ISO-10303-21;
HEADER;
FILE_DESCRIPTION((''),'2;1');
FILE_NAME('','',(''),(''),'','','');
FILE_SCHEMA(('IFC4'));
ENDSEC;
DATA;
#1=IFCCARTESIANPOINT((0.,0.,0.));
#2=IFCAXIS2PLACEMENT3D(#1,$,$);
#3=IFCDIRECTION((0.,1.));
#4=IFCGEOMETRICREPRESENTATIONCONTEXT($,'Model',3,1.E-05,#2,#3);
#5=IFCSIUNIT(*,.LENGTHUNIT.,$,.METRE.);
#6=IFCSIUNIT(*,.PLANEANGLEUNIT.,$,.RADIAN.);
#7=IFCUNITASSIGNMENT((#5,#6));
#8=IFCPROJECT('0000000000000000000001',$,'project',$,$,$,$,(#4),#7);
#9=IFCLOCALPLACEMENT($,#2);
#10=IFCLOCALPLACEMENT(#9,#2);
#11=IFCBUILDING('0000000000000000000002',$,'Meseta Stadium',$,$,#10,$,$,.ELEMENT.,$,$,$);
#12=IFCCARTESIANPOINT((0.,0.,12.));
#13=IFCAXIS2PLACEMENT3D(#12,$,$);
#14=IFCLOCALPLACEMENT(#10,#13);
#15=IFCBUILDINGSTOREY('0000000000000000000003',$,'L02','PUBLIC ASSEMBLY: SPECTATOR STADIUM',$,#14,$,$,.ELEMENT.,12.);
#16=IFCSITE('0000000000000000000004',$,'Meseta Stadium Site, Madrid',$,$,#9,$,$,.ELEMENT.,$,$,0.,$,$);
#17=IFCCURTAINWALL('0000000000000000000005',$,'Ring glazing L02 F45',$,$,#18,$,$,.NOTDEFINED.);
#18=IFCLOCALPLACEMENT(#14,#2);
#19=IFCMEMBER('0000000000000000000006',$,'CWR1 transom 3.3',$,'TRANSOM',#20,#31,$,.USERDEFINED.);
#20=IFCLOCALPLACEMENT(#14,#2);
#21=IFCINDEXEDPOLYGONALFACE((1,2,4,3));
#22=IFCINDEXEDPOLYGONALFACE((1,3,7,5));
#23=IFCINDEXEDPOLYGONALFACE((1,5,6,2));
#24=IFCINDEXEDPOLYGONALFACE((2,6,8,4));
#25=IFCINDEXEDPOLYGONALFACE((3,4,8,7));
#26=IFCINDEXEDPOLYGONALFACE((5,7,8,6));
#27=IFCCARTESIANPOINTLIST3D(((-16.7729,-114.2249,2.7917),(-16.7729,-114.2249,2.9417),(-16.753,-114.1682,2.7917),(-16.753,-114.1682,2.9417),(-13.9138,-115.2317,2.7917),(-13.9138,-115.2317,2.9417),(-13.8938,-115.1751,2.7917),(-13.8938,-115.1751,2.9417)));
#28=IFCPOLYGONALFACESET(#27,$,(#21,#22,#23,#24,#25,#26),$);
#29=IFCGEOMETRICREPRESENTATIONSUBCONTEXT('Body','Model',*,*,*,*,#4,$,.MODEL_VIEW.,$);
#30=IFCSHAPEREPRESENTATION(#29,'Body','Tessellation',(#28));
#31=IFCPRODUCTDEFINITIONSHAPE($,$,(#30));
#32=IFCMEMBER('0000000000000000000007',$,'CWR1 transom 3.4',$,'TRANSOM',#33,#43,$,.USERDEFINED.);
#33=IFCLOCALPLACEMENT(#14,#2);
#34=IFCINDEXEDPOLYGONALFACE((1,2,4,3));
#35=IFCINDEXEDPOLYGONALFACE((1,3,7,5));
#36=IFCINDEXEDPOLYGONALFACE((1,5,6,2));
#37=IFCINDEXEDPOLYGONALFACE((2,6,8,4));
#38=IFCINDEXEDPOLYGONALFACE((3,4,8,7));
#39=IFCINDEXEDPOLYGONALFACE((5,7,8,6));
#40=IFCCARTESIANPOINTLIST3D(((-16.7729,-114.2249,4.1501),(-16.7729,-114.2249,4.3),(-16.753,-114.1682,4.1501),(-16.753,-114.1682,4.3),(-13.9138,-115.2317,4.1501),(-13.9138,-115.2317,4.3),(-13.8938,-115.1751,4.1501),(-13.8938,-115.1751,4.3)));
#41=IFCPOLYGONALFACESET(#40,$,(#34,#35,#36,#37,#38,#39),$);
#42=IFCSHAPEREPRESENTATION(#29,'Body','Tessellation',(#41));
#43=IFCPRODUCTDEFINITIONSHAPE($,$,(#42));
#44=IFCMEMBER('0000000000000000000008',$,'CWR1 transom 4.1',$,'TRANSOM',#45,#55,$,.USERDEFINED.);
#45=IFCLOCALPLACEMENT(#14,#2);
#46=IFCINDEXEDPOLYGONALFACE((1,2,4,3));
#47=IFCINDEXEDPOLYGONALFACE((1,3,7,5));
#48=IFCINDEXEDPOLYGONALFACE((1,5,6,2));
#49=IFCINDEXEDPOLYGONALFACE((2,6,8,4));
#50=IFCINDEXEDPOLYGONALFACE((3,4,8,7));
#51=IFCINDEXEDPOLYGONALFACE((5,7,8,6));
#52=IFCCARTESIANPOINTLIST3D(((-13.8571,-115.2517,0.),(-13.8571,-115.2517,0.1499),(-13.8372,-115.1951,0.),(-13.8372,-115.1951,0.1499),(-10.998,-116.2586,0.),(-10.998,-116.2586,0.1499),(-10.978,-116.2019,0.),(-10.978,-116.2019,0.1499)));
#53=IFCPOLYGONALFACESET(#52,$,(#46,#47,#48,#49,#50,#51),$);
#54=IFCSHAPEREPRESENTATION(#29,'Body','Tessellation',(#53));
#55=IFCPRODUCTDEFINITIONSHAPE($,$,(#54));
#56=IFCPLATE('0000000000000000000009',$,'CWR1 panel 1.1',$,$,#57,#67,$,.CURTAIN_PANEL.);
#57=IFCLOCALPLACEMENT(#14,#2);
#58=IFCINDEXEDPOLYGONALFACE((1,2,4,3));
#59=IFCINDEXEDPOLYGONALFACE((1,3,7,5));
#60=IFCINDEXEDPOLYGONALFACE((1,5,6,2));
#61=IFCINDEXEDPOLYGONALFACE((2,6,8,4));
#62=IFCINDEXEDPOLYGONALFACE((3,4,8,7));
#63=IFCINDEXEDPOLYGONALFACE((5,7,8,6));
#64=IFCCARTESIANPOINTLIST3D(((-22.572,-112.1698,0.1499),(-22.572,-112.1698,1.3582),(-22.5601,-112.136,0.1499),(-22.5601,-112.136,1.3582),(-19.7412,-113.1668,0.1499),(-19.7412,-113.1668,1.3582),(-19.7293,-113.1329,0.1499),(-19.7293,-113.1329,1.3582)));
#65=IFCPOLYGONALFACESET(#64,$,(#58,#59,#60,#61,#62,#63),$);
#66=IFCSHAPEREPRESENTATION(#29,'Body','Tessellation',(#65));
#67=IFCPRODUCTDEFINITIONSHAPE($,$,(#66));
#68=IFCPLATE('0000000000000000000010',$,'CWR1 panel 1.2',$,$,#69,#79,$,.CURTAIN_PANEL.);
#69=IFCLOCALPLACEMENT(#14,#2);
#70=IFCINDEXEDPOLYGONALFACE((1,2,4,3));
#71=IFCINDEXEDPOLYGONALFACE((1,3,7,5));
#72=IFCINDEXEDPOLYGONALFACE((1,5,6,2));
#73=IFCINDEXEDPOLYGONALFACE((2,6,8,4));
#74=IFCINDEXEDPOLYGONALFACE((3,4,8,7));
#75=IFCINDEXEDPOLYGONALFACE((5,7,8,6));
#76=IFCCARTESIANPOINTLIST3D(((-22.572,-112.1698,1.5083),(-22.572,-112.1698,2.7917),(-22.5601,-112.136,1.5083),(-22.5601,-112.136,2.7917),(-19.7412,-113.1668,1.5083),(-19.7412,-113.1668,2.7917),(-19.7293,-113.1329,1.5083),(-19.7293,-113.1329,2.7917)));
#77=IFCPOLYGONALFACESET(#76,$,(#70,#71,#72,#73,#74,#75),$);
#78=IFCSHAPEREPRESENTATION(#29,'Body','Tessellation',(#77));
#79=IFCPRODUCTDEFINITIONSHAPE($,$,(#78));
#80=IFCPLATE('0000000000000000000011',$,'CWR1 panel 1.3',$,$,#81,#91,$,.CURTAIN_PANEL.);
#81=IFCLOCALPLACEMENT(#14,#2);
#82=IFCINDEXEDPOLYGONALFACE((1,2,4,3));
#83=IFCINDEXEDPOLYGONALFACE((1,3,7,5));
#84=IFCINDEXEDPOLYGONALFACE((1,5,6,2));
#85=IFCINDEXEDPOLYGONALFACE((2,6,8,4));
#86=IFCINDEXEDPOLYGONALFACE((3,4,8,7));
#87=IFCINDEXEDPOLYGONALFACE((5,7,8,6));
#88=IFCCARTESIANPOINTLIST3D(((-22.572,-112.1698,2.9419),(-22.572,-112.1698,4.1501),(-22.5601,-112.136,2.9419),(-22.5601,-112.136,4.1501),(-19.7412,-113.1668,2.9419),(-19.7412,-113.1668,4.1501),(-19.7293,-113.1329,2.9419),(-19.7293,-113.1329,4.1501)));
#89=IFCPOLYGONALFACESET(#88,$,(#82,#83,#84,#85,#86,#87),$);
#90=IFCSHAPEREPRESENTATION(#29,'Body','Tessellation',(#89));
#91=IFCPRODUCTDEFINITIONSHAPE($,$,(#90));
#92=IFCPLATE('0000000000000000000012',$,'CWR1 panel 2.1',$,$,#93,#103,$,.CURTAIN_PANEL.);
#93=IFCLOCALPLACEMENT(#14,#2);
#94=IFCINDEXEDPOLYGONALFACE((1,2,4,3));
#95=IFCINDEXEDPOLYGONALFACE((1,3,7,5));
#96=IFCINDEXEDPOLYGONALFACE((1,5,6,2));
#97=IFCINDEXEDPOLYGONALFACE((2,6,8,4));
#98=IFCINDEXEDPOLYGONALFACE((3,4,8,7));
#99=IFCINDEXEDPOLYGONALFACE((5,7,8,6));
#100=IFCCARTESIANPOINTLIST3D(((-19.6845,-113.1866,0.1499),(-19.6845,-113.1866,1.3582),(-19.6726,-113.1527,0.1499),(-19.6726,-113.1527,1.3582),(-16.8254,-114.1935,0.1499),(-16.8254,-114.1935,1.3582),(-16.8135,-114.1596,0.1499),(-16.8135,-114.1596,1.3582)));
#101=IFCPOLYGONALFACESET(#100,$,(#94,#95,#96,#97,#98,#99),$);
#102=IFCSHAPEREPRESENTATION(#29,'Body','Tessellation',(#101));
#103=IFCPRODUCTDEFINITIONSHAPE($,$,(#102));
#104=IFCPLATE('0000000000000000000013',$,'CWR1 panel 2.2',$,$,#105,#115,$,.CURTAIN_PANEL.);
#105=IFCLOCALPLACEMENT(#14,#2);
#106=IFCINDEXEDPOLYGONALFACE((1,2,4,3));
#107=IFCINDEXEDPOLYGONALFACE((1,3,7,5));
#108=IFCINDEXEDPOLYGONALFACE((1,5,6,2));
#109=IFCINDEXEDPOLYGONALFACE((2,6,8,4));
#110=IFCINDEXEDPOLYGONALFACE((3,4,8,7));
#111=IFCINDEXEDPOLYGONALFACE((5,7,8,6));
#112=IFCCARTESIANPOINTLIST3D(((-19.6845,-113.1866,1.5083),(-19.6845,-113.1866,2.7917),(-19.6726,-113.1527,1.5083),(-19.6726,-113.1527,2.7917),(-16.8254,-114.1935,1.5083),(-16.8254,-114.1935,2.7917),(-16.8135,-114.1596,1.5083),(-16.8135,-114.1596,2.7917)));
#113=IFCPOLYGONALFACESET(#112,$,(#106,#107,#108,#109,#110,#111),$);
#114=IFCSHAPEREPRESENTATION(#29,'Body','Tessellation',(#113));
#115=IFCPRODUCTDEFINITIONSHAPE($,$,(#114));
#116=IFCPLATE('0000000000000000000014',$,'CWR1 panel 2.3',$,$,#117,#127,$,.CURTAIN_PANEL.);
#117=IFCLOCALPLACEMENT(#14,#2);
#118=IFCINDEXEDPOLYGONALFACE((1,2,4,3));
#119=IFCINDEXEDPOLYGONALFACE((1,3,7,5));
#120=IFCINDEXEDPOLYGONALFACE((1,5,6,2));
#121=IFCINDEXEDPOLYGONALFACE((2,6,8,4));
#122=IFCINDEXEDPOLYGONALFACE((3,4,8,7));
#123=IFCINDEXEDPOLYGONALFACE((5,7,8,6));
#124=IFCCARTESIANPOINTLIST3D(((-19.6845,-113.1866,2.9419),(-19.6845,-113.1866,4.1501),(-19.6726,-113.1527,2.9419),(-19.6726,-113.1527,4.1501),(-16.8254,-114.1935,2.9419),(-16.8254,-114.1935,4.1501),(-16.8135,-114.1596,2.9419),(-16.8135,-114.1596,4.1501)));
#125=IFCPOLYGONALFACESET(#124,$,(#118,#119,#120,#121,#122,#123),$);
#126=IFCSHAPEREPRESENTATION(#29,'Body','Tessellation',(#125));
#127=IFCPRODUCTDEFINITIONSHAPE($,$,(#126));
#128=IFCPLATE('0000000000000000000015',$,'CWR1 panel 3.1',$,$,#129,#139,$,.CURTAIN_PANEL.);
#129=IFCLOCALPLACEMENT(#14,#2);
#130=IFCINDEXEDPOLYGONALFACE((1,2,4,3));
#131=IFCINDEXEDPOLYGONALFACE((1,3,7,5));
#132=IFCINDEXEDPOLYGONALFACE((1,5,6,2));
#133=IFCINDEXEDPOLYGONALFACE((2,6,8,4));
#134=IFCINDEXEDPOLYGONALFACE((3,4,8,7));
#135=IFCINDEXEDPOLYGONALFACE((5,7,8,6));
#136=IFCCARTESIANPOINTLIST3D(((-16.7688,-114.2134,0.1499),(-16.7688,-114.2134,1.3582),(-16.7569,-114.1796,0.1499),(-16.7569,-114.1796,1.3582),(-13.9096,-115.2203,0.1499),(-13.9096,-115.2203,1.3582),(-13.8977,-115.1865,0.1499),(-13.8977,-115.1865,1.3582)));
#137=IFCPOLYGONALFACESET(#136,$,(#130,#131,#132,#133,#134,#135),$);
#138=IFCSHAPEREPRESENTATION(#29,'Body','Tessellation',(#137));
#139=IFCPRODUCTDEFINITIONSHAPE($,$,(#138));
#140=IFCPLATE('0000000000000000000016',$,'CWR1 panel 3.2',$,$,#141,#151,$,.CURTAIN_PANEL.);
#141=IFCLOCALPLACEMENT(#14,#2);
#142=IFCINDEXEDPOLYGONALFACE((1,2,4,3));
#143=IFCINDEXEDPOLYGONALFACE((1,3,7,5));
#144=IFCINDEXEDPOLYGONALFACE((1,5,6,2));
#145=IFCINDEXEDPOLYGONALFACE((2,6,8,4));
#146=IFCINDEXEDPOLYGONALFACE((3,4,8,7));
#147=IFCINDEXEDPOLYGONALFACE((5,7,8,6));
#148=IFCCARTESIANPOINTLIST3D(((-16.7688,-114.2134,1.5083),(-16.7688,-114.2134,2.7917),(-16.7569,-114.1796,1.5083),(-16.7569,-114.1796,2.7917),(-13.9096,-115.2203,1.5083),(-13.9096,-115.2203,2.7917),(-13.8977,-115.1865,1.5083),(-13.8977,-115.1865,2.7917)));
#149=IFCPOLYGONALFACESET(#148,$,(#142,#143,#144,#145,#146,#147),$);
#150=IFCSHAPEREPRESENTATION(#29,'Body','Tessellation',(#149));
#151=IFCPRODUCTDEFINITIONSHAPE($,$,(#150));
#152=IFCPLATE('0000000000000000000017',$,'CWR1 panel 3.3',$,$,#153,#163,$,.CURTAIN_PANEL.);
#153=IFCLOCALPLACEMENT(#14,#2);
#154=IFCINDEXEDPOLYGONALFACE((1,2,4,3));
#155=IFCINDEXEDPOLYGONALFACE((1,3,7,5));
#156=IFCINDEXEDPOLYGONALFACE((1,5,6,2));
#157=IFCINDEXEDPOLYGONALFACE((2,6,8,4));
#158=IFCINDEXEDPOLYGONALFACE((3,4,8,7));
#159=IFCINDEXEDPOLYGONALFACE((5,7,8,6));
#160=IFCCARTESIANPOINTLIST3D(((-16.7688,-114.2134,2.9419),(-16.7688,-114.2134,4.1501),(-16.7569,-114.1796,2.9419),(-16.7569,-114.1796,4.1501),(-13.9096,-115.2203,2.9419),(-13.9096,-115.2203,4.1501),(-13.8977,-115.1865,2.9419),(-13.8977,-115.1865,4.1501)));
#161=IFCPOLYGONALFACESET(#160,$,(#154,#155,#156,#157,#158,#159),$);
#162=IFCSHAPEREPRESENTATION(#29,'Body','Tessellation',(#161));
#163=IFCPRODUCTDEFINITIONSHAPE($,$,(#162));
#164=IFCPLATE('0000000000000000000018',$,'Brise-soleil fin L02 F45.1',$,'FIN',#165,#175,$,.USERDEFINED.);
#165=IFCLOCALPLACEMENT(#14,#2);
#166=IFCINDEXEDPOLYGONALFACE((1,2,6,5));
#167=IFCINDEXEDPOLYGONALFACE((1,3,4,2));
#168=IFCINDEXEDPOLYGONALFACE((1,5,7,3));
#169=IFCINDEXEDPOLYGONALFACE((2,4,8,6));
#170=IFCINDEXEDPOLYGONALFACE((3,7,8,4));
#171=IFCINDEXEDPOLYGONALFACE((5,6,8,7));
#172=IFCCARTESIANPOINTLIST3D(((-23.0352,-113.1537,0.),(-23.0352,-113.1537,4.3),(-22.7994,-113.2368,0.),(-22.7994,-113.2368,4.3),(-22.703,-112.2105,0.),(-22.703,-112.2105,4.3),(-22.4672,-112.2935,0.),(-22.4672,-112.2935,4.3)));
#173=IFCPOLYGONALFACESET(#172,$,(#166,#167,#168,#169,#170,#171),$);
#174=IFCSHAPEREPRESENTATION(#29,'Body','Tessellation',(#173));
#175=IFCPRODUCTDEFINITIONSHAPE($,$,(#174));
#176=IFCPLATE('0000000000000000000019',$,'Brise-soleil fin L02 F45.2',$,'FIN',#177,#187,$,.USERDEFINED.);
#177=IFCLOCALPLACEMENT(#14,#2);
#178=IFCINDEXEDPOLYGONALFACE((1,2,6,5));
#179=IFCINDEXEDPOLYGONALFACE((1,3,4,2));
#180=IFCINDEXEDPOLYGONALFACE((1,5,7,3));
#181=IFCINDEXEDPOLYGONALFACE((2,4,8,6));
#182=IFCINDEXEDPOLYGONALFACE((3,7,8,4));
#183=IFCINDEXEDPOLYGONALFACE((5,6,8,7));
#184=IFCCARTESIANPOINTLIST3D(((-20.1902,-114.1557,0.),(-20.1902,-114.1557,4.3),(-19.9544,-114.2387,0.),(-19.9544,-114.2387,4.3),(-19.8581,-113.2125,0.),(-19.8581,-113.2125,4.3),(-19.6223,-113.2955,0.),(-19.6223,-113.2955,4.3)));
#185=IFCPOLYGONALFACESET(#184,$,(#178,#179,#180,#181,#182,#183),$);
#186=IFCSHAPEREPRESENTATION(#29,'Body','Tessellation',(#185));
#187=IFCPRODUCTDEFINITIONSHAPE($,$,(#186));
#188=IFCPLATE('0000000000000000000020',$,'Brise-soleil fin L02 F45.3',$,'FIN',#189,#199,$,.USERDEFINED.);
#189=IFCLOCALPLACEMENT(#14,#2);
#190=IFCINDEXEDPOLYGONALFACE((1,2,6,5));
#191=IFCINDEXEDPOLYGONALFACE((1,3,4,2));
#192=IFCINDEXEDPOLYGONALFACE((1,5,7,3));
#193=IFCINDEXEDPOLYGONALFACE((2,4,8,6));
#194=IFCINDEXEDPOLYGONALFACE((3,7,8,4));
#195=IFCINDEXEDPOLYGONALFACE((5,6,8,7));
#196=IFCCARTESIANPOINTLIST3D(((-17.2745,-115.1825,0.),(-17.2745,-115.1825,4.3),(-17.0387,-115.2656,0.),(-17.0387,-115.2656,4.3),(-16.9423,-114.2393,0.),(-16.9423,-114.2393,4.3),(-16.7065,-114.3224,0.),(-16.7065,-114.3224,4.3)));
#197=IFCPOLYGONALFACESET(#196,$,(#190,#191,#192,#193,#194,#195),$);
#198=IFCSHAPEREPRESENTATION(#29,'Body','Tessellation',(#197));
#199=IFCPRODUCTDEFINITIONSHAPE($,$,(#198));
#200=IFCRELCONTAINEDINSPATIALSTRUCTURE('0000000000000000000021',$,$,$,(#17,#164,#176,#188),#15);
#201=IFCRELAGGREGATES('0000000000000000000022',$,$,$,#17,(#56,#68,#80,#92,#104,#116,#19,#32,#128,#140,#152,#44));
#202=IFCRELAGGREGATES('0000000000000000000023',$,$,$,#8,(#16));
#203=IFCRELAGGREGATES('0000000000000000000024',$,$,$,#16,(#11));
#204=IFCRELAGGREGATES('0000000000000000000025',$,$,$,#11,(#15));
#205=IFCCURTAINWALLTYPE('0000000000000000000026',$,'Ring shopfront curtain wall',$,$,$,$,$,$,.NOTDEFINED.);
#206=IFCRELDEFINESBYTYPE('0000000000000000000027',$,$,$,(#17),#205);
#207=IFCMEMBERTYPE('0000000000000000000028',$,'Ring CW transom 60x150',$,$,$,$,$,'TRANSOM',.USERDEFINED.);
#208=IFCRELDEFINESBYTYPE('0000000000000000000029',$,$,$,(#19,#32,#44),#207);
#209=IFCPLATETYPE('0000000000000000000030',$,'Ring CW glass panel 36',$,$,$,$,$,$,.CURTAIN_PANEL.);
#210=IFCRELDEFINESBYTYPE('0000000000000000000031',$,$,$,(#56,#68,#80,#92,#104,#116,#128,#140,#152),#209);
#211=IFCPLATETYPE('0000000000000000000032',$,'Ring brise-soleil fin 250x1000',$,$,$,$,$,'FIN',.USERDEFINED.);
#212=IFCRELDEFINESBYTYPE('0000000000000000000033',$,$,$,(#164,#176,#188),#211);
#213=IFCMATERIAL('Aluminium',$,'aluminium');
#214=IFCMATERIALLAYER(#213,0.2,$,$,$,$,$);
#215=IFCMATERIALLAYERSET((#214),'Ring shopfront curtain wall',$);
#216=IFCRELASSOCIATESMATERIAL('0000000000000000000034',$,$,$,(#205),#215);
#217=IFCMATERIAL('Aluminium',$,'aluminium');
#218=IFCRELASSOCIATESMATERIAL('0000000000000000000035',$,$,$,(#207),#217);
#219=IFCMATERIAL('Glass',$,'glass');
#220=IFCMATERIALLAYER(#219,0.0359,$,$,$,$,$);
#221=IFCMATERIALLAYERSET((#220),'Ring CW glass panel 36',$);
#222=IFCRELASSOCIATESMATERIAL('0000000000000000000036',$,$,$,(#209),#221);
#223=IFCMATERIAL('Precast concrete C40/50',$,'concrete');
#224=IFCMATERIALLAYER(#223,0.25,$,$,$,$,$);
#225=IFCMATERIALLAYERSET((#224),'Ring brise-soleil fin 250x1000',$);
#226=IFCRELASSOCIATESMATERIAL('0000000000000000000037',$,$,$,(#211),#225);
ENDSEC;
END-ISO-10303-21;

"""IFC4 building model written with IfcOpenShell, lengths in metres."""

from ifc_helpers import new_model, si_unit, direction, frame, origin, origin_2d, place, context, subcontext, project, spatial, rectangle, extrude, material, layer, layer_set, material_profile, profile_set, type_object, element, aggregate, save


model = new_model("IFC4")

# Units and contexts
model_context = context("Model", 3, precision=1e-05, world=origin(), true_north=direction((0.0, 1.0)))
body_context = subcontext(model_context, "Body", "Model", "MODEL_VIEW")
ifc_project = project(units=[si_unit("LENGTHUNIT", "METRE"), si_unit("PLANEANGLEUNIT", "RADIAN")], contexts=[model_context])

# Site, building, storey
site_placement = place(None, origin())
site = spatial("IfcSite", under=ifc_project, at=site_placement, Name="Meseta Stadium Site, Madrid", CompositionType="ELEMENT", RefElevation=0.0)
building_placement = place(site_placement, origin())
building = spatial("IfcBuilding", under=site, at=building_placement, Name="Meseta Stadium", CompositionType="ELEMENT")
storey_placement = place(building_placement, frame((0.0, 0.0, 12.0)))
storey = spatial("IfcBuildingStorey", under=building, at=storey_placement, Name="L02", Description="PUBLIC ASSEMBLY: SPECTATOR STADIUM", CompositionType="ELEMENT", Elevation=12.0)

# Curtain wall, members, plates
ifc_material_1 = material(Name="Aluminium", Category="aluminium")
ifc_layer_1 = layer(ifc_material_1, 0.2)
ifc_layer_set_1 = layer_set([ifc_layer_1], Name="Ring shopfront curtain wall")
curtain_wall_type = type_object("IfcCurtainWallType", Name="Ring shopfront curtain wall", PredefinedType="NOTDEFINED", material=ifc_layer_set_1)
curtain_wall_placement = place(storey_placement, origin())
curtain_wall = element("IfcCurtainWall", 1, at=curtain_wall_placement, inside=storey, type_object=curtain_wall_type, Name="Ring glazing L02 F45", PredefinedType="NOTDEFINED")
ifc_material_2 = material(Name="Aluminium", Category="aluminium")
ifc_material_profile_1 = material_profile(ifc_material_2, rectangle(XDim=0.0601, YDim=0.1499, at=origin_2d()), Name="CW 60x150")
ifc_profile_set_1 = profile_set([ifc_material_profile_1], Name="Aluminium")
member_type_1 = type_object("IfcMemberType", Name="Ring CW transom 60x150", ElementType="TRANSOM", PredefinedType="USERDEFINED", material=ifc_profile_set_1)
member_1_placement = place(storey_placement, frame((-16.7629, -114.1965, 2.8667), z_axis=(0.943225, -0.332154, 0.0), x_axis=(0.332154, 0.943225, 0.0)))
member_1 = element("IfcMember", 2, at=member_1_placement, type_object=member_type_1, Name="CWR1 transom 3.3", ObjectType="TRANSOM", PredefinedType="USERDEFINED", context=body_context, shape_type="SweptSolid", body=[
    extrude(rectangle(XDim=0.0601, YDim=0.1499, at=origin_2d()), origin(), (0.0, 0.0, 1.0), 3.0312),
])
member_2_placement = place(storey_placement, frame((-16.7629, -114.1965, 4.2251), z_axis=(0.943225, -0.332154, 0.0), x_axis=(0.332154, 0.943225, 0.0)))
member_2 = element("IfcMember", 3, at=member_2_placement, type_object=member_type_1, Name="CWR1 transom 3.4", ObjectType="TRANSOM", PredefinedType="USERDEFINED", context=body_context, shape_type="SweptSolid", body=[
    extrude(rectangle(XDim=0.0601, YDim=0.1499, at=origin_2d()), origin(), (0.0, 0.0, 1.0), 3.0312),
])
member_3_placement = place(storey_placement, frame((-13.8472, -115.2234, 0.075), z_axis=(0.943225, -0.332154, 0.0), x_axis=(0.332154, 0.943225, 0.0)))
member_3 = element("IfcMember", 4, at=member_3_placement, type_object=member_type_1, Name="CWR1 transom 4.1", ObjectType="TRANSOM", PredefinedType="USERDEFINED", context=body_context, shape_type="SweptSolid", body=[
    extrude(rectangle(XDim=0.0601, YDim=0.1499, at=origin_2d()), origin(), (0.0, 0.0, 1.0), 3.0312),
])
ifc_material_3 = material(Name="Glass", Category="glass")
ifc_layer_2 = layer(ifc_material_3, 0.0359)
ifc_layer_set_2 = layer_set([ifc_layer_2], Name="Ring CW glass panel 36")
plate_type_1 = type_object("IfcPlateType", Name="Ring CW glass panel 36", PredefinedType="CURTAIN_PANEL", material=ifc_layer_set_2)
plate_1_placement = place(storey_placement, frame((-21.1506, -112.6514, 0.1499), z_axis=(0.0, 0.0, 1.0), x_axis=(0.943218, -0.332174, 0.0)))
plate_1 = element("IfcPlate", 5, at=plate_1_placement, type_object=plate_type_1, Name="CWR1 panel 1.1", PredefinedType="CURTAIN_PANEL", context=body_context, shape_type="SweptSolid", body=[
    extrude(rectangle(XDim=3.0012, YDim=0.0359, at=origin_2d()), origin(), (0.0, 0.0, 1.0), 1.2083),
])
plate_2_placement = place(storey_placement, frame((-21.1506, -112.6514, 1.5083), z_axis=(0.0, 0.0, 1.0), x_axis=(0.943218, -0.332174, 0.0)))
plate_2 = element("IfcPlate", 6, at=plate_2_placement, type_object=plate_type_1, Name="CWR1 panel 1.2", PredefinedType="CURTAIN_PANEL", context=body_context, shape_type="SweptSolid", body=[
    extrude(rectangle(XDim=3.0012, YDim=0.0359, at=origin_2d()), origin(), (0.0, 0.0, 1.0), 1.2834),
])
plate_3_placement = place(storey_placement, frame((-21.1506, -112.6514, 2.9419), z_axis=(0.0, 0.0, 1.0), x_axis=(0.943218, -0.332174, 0.0)))
plate_3 = element("IfcPlate", 7, at=plate_3_placement, type_object=plate_type_1, Name="CWR1 panel 1.3", PredefinedType="CURTAIN_PANEL", context=body_context, shape_type="SweptSolid", body=[
    extrude(rectangle(XDim=3.0012, YDim=0.0359, at=origin_2d()), origin(), (0.0, 0.0, 1.0), 1.2083),
])
plate_4_placement = place(storey_placement, frame((-18.249, -113.6731, 0.1499), z_axis=(0.0, 0.0, 1.0), x_axis=(0.943218, -0.332174, 0.0)))
plate_4 = element("IfcPlate", 8, at=plate_4_placement, type_object=plate_type_1, Name="CWR1 panel 2.1", PredefinedType="CURTAIN_PANEL", context=body_context, shape_type="SweptSolid", body=[
    extrude(rectangle(XDim=3.0312, YDim=0.0359, at=origin_2d()), origin(), (0.0, 0.0, 1.0), 1.2083),
])
plate_5_placement = place(storey_placement, frame((-18.249, -113.6731, 1.5083), z_axis=(0.0, 0.0, 1.0), x_axis=(0.943218, -0.332174, 0.0)))
plate_5 = element("IfcPlate", 9, at=plate_5_placement, type_object=plate_type_1, Name="CWR1 panel 2.2", PredefinedType="CURTAIN_PANEL", context=body_context, shape_type="SweptSolid", body=[
    extrude(rectangle(XDim=3.0312, YDim=0.0359, at=origin_2d()), origin(), (0.0, 0.0, 1.0), 1.2834),
])
plate_6_placement = place(storey_placement, frame((-18.249, -113.6731, 2.9419), z_axis=(0.0, 0.0, 1.0), x_axis=(0.943218, -0.332174, 0.0)))
plate_6 = element("IfcPlate", 10, at=plate_6_placement, type_object=plate_type_1, Name="CWR1 panel 2.3", PredefinedType="CURTAIN_PANEL", context=body_context, shape_type="SweptSolid", body=[
    extrude(rectangle(XDim=3.0312, YDim=0.0359, at=origin_2d()), origin(), (0.0, 0.0, 1.0), 1.2083),
])
plate_7_placement = place(storey_placement, frame((-15.3333, -114.7, 0.1499), z_axis=(0.0, 0.0, 1.0), x_axis=(0.943218, -0.332174, 0.0)))
plate_7 = element("IfcPlate", 11, at=plate_7_placement, type_object=plate_type_1, Name="CWR1 panel 3.1", PredefinedType="CURTAIN_PANEL", context=body_context, shape_type="SweptSolid", body=[
    extrude(rectangle(XDim=3.0312, YDim=0.0359, at=origin_2d()), origin(), (0.0, 0.0, 1.0), 1.2083),
])
plate_8_placement = place(storey_placement, frame((-15.3333, -114.7, 1.5083), z_axis=(0.0, 0.0, 1.0), x_axis=(0.943218, -0.332174, 0.0)))
plate_8 = element("IfcPlate", 12, at=plate_8_placement, type_object=plate_type_1, Name="CWR1 panel 3.2", PredefinedType="CURTAIN_PANEL", context=body_context, shape_type="SweptSolid", body=[
    extrude(rectangle(XDim=3.0312, YDim=0.0359, at=origin_2d()), origin(), (0.0, 0.0, 1.0), 1.2834),
])
plate_9_placement = place(storey_placement, frame((-15.3333, -114.7, 2.9419), z_axis=(0.0, 0.0, 1.0), x_axis=(0.943218, -0.332174, 0.0)))
plate_9 = element("IfcPlate", 13, at=plate_9_placement, type_object=plate_type_1, Name="CWR1 panel 3.3", PredefinedType="CURTAIN_PANEL", context=body_context, shape_type="SweptSolid", body=[
    extrude(rectangle(XDim=3.0312, YDim=0.0359, at=origin_2d()), origin(), (0.0, 0.0, 1.0), 1.2083),
])
aggregate(curtain_wall, [plate_1, plate_2, plate_3, plate_4, plate_5, plate_6, member_1, member_2, plate_7, plate_8, plate_9, member_3])

# Plates
ifc_material_4 = material(Name="Precast concrete C40/50", Category="concrete")
ifc_layer_3 = layer(ifc_material_4, 0.25)
ifc_layer_set_3 = layer_set([ifc_layer_3], Name="Ring brise-soleil fin 250x1000")
plate_type_2 = type_object("IfcPlateType", Name="Ring brise-soleil fin 250x1000", ElementType="FIN", PredefinedType="USERDEFINED", material=ifc_layer_set_3)
for number, where, z_axis, x_axis, name in (
    (14, (-22.7512, -112.7236, 0.0), (0.0, 0.0, 1.0), (0.943217, -0.332176, 0.0), "Brise-soleil fin L02 F45.1"),
    (15, (-19.9062, -113.7256, 0.0), (0.0, 0.0, 1.0), (0.943217, -0.332176, 0.0), "Brise-soleil fin L02 F45.2"),
    (16, (-16.9905, -114.7524, 0.0), (0.0, 0.0, 1.0), (0.943217, -0.332176, 0.0), "Brise-soleil fin L02 F45.3"),
):
    element("IfcPlate", number, at=place(storey_placement, frame(where, z_axis=z_axis, x_axis=x_axis)), inside=storey, type_object=plate_type_2, Name=name, ObjectType="FIN", PredefinedType="USERDEFINED", context=body_context, shape_type="SweptSolid", body=[
        extrude(rectangle(XDim=0.25, YDim=1.0, at=origin_2d()), origin(), (0.0, 0.0, 1.0), 4.3),
    ])

save(model, "model.ifc")
